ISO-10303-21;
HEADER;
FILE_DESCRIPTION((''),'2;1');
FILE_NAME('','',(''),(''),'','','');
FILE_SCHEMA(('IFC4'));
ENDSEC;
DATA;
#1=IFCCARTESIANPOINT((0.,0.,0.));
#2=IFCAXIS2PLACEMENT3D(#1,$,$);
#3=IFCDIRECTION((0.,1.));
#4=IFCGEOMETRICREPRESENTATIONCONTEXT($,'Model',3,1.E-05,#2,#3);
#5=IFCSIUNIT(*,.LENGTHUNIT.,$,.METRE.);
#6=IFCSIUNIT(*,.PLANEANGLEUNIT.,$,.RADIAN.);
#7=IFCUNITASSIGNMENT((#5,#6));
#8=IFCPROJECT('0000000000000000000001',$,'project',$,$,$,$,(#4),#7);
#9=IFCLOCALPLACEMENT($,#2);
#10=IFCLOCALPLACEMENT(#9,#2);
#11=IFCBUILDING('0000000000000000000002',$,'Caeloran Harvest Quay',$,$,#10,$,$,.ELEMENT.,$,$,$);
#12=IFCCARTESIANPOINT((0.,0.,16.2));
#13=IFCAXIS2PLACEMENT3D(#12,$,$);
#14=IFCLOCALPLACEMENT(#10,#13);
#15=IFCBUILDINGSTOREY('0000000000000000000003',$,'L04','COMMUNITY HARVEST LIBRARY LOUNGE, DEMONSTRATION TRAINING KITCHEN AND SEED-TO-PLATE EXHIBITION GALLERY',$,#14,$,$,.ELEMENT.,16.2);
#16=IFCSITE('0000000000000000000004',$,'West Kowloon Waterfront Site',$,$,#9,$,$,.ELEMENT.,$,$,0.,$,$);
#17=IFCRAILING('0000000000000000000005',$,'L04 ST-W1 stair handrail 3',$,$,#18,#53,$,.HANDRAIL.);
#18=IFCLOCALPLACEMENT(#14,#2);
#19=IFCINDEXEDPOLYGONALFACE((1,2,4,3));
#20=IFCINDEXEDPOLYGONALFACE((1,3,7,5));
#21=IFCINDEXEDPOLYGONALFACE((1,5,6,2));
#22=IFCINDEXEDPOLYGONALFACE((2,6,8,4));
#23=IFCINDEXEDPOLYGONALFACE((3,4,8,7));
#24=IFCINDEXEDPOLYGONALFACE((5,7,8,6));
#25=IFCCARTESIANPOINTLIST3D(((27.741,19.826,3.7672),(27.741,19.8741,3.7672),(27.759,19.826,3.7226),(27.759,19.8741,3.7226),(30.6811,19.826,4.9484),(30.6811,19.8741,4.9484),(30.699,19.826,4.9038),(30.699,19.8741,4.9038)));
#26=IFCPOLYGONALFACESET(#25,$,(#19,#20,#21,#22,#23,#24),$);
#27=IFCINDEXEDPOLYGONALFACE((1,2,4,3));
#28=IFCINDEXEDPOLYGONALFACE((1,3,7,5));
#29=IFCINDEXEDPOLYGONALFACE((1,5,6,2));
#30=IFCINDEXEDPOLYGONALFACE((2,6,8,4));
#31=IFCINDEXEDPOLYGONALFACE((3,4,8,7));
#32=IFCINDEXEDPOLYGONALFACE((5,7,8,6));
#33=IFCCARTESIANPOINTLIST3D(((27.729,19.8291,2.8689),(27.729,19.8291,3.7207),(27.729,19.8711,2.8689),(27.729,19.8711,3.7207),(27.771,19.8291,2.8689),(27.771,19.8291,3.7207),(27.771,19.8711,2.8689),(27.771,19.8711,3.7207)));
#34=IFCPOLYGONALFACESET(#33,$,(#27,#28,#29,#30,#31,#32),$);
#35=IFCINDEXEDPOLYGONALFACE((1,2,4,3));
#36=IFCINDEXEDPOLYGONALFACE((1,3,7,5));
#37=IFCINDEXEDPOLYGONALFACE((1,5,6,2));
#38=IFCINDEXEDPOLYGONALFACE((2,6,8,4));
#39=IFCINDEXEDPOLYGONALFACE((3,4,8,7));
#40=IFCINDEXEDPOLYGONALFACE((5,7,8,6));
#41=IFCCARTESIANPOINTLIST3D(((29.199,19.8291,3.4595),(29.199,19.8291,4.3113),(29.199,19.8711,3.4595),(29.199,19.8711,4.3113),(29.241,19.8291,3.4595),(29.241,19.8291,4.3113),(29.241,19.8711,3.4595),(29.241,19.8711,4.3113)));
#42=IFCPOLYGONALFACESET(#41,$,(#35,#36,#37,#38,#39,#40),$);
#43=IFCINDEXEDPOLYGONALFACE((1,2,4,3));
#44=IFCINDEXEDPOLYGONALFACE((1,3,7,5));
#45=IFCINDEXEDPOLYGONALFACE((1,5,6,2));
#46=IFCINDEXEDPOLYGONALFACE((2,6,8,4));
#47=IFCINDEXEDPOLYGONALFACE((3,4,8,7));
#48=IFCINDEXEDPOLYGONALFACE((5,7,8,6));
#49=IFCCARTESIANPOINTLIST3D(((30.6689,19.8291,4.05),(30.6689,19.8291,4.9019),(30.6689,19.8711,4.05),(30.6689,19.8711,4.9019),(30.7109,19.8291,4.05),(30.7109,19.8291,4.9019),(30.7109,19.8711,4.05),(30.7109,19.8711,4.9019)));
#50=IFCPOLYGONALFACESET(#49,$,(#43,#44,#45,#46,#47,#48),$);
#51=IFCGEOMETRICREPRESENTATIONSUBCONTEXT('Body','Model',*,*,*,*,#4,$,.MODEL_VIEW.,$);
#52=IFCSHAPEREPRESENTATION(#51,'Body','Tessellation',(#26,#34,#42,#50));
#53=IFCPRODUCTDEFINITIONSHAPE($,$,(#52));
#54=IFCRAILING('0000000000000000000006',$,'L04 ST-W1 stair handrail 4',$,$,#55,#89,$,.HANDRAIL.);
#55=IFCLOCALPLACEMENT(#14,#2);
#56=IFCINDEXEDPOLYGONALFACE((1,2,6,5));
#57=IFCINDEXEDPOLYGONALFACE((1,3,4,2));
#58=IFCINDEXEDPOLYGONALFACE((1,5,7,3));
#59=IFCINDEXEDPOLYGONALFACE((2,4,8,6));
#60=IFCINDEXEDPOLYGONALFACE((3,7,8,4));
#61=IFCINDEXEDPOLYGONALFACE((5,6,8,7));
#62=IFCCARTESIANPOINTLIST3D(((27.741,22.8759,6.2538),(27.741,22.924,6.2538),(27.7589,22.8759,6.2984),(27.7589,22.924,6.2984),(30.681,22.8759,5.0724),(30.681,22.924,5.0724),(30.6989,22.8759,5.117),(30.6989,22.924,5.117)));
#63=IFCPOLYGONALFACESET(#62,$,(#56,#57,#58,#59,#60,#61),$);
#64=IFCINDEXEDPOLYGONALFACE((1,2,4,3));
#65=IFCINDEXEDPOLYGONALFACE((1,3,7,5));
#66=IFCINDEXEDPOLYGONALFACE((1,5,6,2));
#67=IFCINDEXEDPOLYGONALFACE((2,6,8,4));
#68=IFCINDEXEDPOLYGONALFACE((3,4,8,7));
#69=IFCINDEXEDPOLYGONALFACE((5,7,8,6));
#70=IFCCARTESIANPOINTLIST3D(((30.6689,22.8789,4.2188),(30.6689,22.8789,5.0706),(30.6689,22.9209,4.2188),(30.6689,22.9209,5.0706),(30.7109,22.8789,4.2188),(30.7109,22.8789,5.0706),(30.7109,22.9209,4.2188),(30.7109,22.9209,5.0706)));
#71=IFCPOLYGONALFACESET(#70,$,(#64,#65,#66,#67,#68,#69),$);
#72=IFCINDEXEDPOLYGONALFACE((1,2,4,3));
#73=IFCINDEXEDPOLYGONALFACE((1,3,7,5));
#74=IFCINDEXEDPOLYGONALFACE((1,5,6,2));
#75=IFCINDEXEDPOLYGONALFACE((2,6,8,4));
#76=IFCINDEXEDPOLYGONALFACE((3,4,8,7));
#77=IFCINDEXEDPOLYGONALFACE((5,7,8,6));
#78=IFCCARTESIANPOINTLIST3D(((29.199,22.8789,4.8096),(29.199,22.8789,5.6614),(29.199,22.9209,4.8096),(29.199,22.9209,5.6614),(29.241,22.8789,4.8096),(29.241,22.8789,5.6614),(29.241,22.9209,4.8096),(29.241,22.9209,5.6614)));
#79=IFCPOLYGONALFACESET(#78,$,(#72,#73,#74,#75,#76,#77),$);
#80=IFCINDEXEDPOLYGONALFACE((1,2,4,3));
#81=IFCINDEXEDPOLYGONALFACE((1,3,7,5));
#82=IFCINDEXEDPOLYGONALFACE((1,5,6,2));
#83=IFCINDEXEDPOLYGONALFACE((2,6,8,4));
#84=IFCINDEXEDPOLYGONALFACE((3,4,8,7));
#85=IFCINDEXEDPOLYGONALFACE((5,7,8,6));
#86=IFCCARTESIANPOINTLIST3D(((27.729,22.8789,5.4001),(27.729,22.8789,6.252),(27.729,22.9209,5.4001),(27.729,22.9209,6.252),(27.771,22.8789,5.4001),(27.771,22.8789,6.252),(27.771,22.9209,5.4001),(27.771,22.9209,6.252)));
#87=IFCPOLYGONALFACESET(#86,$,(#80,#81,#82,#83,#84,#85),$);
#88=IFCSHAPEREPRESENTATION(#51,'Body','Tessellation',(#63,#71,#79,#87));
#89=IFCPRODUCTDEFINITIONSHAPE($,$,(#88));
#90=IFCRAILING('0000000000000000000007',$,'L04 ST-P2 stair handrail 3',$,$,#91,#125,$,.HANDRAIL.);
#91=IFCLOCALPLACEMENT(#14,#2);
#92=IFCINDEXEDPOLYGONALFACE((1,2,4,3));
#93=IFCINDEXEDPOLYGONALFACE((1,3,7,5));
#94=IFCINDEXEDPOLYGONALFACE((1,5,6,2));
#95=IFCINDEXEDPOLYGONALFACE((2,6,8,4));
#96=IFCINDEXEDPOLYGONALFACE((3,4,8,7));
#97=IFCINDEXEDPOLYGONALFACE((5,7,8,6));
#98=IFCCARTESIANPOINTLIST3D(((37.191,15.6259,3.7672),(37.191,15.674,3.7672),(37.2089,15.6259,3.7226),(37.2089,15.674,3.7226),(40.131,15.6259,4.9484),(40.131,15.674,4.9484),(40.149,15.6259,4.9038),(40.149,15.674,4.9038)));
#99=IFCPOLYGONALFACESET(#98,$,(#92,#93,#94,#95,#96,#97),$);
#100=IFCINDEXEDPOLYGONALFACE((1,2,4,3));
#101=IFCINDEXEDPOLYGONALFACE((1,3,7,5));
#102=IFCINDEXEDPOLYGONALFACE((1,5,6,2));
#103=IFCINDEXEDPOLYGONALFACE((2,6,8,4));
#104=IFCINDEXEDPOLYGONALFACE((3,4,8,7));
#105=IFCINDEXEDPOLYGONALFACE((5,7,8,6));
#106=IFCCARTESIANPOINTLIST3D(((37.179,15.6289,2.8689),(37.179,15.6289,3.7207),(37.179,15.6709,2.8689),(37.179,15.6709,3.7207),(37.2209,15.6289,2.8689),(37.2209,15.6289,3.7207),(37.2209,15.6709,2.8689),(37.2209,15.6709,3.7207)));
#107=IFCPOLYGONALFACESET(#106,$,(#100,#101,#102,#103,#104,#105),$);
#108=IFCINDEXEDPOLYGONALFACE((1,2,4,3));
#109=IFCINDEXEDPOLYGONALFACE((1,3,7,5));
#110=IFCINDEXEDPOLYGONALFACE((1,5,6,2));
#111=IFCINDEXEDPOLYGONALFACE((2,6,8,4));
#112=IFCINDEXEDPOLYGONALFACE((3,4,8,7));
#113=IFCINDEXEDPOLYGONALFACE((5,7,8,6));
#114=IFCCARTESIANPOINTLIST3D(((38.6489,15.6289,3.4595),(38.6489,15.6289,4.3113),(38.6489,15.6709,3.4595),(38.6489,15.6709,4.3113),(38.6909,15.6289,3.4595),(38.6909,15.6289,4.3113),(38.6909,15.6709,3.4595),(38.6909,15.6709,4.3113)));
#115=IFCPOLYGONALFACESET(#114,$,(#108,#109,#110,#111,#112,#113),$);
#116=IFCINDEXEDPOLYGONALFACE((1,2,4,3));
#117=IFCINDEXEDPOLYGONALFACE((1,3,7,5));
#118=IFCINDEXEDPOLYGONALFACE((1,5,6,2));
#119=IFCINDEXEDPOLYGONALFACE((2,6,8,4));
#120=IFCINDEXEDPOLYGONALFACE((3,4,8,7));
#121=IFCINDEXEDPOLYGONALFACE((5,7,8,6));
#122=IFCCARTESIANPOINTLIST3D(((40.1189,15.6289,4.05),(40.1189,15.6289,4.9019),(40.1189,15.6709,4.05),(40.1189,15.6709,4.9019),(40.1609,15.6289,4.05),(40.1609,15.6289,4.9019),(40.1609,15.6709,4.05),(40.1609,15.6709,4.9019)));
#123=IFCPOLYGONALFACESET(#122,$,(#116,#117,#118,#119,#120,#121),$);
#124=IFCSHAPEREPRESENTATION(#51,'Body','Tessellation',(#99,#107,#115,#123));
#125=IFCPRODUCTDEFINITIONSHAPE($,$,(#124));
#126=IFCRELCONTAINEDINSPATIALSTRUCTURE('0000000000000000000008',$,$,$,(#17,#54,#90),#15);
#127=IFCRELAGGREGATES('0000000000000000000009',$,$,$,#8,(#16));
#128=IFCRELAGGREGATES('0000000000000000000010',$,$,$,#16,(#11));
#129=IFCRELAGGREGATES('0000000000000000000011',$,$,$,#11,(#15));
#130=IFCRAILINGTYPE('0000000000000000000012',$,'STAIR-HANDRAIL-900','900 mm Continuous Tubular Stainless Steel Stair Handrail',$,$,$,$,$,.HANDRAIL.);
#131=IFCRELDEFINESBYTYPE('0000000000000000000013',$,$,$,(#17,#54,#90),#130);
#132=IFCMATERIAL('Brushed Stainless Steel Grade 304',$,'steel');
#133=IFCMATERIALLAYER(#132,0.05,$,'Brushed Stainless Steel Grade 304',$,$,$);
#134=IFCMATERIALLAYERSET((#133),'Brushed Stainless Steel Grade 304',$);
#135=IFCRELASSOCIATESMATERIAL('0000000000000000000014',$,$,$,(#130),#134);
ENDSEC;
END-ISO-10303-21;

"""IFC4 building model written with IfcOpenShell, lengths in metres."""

from ifc_helpers import new_model, si_unit, direction, frame, origin, origin_2d, place, context, subcontext, project, spatial, rectangle, extrude, material, layer, layer_set, type_object, element, save


model = new_model("IFC4")

# Units and contexts
model_context = context("Model", 3, precision=1e-05, world=origin(), true_north=direction((0.0, 1.0)))
body_context = subcontext(model_context, "Body", "Model", "MODEL_VIEW")
ifc_project = project(units=[si_unit("LENGTHUNIT", "METRE"), si_unit("PLANEANGLEUNIT", "RADIAN")], contexts=[model_context])

# Site, building, storey
site_placement = place(None, origin())
site = spatial("IfcSite", under=ifc_project, at=site_placement, Name="West Kowloon Waterfront Site", CompositionType="ELEMENT", RefElevation=0.0)
building_placement = place(site_placement, origin())
building = spatial("IfcBuilding", under=site, at=building_placement, Name="Caeloran Harvest Quay", CompositionType="ELEMENT")
storey_placement = place(building_placement, frame((0.0, 0.0, 16.2)))
storey = spatial("IfcBuildingStorey", under=building, at=storey_placement, Name="L04", Description="COMMUNITY HARVEST LIBRARY LOUNGE, DEMONSTRATION TRAINING KITCHEN AND SEED-TO-PLATE EXHIBITION GALLERY", CompositionType="ELEMENT", Elevation=16.2)

# Railings
ifc_material_1 = material(Name="Brushed Stainless Steel Grade 304", Category="steel")
ifc_layer_1 = layer(ifc_material_1, 0.05, Name="Brushed Stainless Steel Grade 304")
ifc_layer_set_1 = layer_set([ifc_layer_1], Name="Brushed Stainless Steel Grade 304")
railing_type_1 = type_object("IfcRailingType", Name="STAIR-HANDRAIL-900", Description="900 mm Continuous Tubular Stainless Steel Stair Handrail", PredefinedType="HANDRAIL", material=ifc_layer_set_1)
railing_1_placement = place(storey_placement, frame((27.75, 19.8501, 2.8689)))
element("IfcRailing", 1, at=railing_1_placement, inside=storey, type_object=railing_type_1, Name="L04 ST-W1 stair handrail 3", PredefinedType="HANDRAIL", context=body_context, shape_type="SweptSolid", body=[
    extrude(rectangle(XDim=0.0481, YDim=0.0481, at=origin_2d()), frame((0.0, 0.0, 0.876), z_axis=(0.927912, 0.0, 0.372799), x_axis=(0.0, 1.0, 0.0)), (0.0, 0.0, 1.0), 3.1685),
    extrude(rectangle(XDim=0.042, YDim=0.042, at=origin_2d()), origin(), (0.0, 0.0, 1.0), 0.8518),
    extrude(rectangle(XDim=0.042, YDim=0.042, at=origin_2d()), frame((1.47, 0.0, 0.5906)), (0.0, 0.0, 1.0), 0.8518),
    extrude(rectangle(XDim=0.042, YDim=0.042, at=origin_2d()), frame((2.9399, 0.0, 1.1812)), (0.0, 0.0, 1.0), 0.8518),
])
railing_2_placement = place(storey_placement, frame((30.6899, 22.8999, 4.2188)))
element("IfcRailing", 2, at=railing_2_placement, inside=storey, type_object=railing_type_1, Name="L04 ST-W1 stair handrail 4", PredefinedType="HANDRAIL", context=body_context, shape_type="SweptSolid", body=[
    extrude(rectangle(XDim=0.0481, YDim=0.0481, at=origin_2d()), frame((0.0, 0.0, 0.876), z_axis=(-0.927886, 0.0, 0.372865), x_axis=(0.0, -1.0, 0.0)), (0.0, 0.0, 1.0), 3.1685),
    extrude(rectangle(XDim=0.042, YDim=0.042, at=origin_2d()), origin(), (0.0, 0.0, 1.0), 0.8518),
    extrude(rectangle(XDim=0.042, YDim=0.042, at=origin_2d()), frame((-1.47, 0.0, 0.5908)), (0.0, 0.0, 1.0), 0.8518),
    extrude(rectangle(XDim=0.042, YDim=0.042, at=origin_2d()), frame((-2.9399, 0.0, 1.1814)), (0.0, 0.0, 1.0), 0.8518),
])
railing_3_placement = place(storey_placement, frame((37.2, 15.6499, 2.8689)))
element("IfcRailing", 3, at=railing_3_placement, inside=storey, type_object=railing_type_1, Name="L04 ST-P2 stair handrail 3", PredefinedType="HANDRAIL", context=body_context, shape_type="SweptSolid", body=[
    extrude(rectangle(XDim=0.0481, YDim=0.0481, at=origin_2d()), frame((0.0, 0.0, 0.876), z_axis=(0.927912, 0.0, 0.372799), x_axis=(0.0, 1.0, 0.0)), (0.0, 0.0, 1.0), 3.1685),
    extrude(rectangle(XDim=0.042, YDim=0.042, at=origin_2d()), origin(), (0.0, 0.0, 1.0), 0.8518),
    extrude(rectangle(XDim=0.042, YDim=0.042, at=origin_2d()), frame((1.47, 0.0, 0.5906)), (0.0, 0.0, 1.0), 0.8518),
    extrude(rectangle(XDim=0.042, YDim=0.042, at=origin_2d()), frame((2.9399, 0.0, 1.1812)), (0.0, 0.0, 1.0), 0.8518),
])

save(model, "model.ifc")
